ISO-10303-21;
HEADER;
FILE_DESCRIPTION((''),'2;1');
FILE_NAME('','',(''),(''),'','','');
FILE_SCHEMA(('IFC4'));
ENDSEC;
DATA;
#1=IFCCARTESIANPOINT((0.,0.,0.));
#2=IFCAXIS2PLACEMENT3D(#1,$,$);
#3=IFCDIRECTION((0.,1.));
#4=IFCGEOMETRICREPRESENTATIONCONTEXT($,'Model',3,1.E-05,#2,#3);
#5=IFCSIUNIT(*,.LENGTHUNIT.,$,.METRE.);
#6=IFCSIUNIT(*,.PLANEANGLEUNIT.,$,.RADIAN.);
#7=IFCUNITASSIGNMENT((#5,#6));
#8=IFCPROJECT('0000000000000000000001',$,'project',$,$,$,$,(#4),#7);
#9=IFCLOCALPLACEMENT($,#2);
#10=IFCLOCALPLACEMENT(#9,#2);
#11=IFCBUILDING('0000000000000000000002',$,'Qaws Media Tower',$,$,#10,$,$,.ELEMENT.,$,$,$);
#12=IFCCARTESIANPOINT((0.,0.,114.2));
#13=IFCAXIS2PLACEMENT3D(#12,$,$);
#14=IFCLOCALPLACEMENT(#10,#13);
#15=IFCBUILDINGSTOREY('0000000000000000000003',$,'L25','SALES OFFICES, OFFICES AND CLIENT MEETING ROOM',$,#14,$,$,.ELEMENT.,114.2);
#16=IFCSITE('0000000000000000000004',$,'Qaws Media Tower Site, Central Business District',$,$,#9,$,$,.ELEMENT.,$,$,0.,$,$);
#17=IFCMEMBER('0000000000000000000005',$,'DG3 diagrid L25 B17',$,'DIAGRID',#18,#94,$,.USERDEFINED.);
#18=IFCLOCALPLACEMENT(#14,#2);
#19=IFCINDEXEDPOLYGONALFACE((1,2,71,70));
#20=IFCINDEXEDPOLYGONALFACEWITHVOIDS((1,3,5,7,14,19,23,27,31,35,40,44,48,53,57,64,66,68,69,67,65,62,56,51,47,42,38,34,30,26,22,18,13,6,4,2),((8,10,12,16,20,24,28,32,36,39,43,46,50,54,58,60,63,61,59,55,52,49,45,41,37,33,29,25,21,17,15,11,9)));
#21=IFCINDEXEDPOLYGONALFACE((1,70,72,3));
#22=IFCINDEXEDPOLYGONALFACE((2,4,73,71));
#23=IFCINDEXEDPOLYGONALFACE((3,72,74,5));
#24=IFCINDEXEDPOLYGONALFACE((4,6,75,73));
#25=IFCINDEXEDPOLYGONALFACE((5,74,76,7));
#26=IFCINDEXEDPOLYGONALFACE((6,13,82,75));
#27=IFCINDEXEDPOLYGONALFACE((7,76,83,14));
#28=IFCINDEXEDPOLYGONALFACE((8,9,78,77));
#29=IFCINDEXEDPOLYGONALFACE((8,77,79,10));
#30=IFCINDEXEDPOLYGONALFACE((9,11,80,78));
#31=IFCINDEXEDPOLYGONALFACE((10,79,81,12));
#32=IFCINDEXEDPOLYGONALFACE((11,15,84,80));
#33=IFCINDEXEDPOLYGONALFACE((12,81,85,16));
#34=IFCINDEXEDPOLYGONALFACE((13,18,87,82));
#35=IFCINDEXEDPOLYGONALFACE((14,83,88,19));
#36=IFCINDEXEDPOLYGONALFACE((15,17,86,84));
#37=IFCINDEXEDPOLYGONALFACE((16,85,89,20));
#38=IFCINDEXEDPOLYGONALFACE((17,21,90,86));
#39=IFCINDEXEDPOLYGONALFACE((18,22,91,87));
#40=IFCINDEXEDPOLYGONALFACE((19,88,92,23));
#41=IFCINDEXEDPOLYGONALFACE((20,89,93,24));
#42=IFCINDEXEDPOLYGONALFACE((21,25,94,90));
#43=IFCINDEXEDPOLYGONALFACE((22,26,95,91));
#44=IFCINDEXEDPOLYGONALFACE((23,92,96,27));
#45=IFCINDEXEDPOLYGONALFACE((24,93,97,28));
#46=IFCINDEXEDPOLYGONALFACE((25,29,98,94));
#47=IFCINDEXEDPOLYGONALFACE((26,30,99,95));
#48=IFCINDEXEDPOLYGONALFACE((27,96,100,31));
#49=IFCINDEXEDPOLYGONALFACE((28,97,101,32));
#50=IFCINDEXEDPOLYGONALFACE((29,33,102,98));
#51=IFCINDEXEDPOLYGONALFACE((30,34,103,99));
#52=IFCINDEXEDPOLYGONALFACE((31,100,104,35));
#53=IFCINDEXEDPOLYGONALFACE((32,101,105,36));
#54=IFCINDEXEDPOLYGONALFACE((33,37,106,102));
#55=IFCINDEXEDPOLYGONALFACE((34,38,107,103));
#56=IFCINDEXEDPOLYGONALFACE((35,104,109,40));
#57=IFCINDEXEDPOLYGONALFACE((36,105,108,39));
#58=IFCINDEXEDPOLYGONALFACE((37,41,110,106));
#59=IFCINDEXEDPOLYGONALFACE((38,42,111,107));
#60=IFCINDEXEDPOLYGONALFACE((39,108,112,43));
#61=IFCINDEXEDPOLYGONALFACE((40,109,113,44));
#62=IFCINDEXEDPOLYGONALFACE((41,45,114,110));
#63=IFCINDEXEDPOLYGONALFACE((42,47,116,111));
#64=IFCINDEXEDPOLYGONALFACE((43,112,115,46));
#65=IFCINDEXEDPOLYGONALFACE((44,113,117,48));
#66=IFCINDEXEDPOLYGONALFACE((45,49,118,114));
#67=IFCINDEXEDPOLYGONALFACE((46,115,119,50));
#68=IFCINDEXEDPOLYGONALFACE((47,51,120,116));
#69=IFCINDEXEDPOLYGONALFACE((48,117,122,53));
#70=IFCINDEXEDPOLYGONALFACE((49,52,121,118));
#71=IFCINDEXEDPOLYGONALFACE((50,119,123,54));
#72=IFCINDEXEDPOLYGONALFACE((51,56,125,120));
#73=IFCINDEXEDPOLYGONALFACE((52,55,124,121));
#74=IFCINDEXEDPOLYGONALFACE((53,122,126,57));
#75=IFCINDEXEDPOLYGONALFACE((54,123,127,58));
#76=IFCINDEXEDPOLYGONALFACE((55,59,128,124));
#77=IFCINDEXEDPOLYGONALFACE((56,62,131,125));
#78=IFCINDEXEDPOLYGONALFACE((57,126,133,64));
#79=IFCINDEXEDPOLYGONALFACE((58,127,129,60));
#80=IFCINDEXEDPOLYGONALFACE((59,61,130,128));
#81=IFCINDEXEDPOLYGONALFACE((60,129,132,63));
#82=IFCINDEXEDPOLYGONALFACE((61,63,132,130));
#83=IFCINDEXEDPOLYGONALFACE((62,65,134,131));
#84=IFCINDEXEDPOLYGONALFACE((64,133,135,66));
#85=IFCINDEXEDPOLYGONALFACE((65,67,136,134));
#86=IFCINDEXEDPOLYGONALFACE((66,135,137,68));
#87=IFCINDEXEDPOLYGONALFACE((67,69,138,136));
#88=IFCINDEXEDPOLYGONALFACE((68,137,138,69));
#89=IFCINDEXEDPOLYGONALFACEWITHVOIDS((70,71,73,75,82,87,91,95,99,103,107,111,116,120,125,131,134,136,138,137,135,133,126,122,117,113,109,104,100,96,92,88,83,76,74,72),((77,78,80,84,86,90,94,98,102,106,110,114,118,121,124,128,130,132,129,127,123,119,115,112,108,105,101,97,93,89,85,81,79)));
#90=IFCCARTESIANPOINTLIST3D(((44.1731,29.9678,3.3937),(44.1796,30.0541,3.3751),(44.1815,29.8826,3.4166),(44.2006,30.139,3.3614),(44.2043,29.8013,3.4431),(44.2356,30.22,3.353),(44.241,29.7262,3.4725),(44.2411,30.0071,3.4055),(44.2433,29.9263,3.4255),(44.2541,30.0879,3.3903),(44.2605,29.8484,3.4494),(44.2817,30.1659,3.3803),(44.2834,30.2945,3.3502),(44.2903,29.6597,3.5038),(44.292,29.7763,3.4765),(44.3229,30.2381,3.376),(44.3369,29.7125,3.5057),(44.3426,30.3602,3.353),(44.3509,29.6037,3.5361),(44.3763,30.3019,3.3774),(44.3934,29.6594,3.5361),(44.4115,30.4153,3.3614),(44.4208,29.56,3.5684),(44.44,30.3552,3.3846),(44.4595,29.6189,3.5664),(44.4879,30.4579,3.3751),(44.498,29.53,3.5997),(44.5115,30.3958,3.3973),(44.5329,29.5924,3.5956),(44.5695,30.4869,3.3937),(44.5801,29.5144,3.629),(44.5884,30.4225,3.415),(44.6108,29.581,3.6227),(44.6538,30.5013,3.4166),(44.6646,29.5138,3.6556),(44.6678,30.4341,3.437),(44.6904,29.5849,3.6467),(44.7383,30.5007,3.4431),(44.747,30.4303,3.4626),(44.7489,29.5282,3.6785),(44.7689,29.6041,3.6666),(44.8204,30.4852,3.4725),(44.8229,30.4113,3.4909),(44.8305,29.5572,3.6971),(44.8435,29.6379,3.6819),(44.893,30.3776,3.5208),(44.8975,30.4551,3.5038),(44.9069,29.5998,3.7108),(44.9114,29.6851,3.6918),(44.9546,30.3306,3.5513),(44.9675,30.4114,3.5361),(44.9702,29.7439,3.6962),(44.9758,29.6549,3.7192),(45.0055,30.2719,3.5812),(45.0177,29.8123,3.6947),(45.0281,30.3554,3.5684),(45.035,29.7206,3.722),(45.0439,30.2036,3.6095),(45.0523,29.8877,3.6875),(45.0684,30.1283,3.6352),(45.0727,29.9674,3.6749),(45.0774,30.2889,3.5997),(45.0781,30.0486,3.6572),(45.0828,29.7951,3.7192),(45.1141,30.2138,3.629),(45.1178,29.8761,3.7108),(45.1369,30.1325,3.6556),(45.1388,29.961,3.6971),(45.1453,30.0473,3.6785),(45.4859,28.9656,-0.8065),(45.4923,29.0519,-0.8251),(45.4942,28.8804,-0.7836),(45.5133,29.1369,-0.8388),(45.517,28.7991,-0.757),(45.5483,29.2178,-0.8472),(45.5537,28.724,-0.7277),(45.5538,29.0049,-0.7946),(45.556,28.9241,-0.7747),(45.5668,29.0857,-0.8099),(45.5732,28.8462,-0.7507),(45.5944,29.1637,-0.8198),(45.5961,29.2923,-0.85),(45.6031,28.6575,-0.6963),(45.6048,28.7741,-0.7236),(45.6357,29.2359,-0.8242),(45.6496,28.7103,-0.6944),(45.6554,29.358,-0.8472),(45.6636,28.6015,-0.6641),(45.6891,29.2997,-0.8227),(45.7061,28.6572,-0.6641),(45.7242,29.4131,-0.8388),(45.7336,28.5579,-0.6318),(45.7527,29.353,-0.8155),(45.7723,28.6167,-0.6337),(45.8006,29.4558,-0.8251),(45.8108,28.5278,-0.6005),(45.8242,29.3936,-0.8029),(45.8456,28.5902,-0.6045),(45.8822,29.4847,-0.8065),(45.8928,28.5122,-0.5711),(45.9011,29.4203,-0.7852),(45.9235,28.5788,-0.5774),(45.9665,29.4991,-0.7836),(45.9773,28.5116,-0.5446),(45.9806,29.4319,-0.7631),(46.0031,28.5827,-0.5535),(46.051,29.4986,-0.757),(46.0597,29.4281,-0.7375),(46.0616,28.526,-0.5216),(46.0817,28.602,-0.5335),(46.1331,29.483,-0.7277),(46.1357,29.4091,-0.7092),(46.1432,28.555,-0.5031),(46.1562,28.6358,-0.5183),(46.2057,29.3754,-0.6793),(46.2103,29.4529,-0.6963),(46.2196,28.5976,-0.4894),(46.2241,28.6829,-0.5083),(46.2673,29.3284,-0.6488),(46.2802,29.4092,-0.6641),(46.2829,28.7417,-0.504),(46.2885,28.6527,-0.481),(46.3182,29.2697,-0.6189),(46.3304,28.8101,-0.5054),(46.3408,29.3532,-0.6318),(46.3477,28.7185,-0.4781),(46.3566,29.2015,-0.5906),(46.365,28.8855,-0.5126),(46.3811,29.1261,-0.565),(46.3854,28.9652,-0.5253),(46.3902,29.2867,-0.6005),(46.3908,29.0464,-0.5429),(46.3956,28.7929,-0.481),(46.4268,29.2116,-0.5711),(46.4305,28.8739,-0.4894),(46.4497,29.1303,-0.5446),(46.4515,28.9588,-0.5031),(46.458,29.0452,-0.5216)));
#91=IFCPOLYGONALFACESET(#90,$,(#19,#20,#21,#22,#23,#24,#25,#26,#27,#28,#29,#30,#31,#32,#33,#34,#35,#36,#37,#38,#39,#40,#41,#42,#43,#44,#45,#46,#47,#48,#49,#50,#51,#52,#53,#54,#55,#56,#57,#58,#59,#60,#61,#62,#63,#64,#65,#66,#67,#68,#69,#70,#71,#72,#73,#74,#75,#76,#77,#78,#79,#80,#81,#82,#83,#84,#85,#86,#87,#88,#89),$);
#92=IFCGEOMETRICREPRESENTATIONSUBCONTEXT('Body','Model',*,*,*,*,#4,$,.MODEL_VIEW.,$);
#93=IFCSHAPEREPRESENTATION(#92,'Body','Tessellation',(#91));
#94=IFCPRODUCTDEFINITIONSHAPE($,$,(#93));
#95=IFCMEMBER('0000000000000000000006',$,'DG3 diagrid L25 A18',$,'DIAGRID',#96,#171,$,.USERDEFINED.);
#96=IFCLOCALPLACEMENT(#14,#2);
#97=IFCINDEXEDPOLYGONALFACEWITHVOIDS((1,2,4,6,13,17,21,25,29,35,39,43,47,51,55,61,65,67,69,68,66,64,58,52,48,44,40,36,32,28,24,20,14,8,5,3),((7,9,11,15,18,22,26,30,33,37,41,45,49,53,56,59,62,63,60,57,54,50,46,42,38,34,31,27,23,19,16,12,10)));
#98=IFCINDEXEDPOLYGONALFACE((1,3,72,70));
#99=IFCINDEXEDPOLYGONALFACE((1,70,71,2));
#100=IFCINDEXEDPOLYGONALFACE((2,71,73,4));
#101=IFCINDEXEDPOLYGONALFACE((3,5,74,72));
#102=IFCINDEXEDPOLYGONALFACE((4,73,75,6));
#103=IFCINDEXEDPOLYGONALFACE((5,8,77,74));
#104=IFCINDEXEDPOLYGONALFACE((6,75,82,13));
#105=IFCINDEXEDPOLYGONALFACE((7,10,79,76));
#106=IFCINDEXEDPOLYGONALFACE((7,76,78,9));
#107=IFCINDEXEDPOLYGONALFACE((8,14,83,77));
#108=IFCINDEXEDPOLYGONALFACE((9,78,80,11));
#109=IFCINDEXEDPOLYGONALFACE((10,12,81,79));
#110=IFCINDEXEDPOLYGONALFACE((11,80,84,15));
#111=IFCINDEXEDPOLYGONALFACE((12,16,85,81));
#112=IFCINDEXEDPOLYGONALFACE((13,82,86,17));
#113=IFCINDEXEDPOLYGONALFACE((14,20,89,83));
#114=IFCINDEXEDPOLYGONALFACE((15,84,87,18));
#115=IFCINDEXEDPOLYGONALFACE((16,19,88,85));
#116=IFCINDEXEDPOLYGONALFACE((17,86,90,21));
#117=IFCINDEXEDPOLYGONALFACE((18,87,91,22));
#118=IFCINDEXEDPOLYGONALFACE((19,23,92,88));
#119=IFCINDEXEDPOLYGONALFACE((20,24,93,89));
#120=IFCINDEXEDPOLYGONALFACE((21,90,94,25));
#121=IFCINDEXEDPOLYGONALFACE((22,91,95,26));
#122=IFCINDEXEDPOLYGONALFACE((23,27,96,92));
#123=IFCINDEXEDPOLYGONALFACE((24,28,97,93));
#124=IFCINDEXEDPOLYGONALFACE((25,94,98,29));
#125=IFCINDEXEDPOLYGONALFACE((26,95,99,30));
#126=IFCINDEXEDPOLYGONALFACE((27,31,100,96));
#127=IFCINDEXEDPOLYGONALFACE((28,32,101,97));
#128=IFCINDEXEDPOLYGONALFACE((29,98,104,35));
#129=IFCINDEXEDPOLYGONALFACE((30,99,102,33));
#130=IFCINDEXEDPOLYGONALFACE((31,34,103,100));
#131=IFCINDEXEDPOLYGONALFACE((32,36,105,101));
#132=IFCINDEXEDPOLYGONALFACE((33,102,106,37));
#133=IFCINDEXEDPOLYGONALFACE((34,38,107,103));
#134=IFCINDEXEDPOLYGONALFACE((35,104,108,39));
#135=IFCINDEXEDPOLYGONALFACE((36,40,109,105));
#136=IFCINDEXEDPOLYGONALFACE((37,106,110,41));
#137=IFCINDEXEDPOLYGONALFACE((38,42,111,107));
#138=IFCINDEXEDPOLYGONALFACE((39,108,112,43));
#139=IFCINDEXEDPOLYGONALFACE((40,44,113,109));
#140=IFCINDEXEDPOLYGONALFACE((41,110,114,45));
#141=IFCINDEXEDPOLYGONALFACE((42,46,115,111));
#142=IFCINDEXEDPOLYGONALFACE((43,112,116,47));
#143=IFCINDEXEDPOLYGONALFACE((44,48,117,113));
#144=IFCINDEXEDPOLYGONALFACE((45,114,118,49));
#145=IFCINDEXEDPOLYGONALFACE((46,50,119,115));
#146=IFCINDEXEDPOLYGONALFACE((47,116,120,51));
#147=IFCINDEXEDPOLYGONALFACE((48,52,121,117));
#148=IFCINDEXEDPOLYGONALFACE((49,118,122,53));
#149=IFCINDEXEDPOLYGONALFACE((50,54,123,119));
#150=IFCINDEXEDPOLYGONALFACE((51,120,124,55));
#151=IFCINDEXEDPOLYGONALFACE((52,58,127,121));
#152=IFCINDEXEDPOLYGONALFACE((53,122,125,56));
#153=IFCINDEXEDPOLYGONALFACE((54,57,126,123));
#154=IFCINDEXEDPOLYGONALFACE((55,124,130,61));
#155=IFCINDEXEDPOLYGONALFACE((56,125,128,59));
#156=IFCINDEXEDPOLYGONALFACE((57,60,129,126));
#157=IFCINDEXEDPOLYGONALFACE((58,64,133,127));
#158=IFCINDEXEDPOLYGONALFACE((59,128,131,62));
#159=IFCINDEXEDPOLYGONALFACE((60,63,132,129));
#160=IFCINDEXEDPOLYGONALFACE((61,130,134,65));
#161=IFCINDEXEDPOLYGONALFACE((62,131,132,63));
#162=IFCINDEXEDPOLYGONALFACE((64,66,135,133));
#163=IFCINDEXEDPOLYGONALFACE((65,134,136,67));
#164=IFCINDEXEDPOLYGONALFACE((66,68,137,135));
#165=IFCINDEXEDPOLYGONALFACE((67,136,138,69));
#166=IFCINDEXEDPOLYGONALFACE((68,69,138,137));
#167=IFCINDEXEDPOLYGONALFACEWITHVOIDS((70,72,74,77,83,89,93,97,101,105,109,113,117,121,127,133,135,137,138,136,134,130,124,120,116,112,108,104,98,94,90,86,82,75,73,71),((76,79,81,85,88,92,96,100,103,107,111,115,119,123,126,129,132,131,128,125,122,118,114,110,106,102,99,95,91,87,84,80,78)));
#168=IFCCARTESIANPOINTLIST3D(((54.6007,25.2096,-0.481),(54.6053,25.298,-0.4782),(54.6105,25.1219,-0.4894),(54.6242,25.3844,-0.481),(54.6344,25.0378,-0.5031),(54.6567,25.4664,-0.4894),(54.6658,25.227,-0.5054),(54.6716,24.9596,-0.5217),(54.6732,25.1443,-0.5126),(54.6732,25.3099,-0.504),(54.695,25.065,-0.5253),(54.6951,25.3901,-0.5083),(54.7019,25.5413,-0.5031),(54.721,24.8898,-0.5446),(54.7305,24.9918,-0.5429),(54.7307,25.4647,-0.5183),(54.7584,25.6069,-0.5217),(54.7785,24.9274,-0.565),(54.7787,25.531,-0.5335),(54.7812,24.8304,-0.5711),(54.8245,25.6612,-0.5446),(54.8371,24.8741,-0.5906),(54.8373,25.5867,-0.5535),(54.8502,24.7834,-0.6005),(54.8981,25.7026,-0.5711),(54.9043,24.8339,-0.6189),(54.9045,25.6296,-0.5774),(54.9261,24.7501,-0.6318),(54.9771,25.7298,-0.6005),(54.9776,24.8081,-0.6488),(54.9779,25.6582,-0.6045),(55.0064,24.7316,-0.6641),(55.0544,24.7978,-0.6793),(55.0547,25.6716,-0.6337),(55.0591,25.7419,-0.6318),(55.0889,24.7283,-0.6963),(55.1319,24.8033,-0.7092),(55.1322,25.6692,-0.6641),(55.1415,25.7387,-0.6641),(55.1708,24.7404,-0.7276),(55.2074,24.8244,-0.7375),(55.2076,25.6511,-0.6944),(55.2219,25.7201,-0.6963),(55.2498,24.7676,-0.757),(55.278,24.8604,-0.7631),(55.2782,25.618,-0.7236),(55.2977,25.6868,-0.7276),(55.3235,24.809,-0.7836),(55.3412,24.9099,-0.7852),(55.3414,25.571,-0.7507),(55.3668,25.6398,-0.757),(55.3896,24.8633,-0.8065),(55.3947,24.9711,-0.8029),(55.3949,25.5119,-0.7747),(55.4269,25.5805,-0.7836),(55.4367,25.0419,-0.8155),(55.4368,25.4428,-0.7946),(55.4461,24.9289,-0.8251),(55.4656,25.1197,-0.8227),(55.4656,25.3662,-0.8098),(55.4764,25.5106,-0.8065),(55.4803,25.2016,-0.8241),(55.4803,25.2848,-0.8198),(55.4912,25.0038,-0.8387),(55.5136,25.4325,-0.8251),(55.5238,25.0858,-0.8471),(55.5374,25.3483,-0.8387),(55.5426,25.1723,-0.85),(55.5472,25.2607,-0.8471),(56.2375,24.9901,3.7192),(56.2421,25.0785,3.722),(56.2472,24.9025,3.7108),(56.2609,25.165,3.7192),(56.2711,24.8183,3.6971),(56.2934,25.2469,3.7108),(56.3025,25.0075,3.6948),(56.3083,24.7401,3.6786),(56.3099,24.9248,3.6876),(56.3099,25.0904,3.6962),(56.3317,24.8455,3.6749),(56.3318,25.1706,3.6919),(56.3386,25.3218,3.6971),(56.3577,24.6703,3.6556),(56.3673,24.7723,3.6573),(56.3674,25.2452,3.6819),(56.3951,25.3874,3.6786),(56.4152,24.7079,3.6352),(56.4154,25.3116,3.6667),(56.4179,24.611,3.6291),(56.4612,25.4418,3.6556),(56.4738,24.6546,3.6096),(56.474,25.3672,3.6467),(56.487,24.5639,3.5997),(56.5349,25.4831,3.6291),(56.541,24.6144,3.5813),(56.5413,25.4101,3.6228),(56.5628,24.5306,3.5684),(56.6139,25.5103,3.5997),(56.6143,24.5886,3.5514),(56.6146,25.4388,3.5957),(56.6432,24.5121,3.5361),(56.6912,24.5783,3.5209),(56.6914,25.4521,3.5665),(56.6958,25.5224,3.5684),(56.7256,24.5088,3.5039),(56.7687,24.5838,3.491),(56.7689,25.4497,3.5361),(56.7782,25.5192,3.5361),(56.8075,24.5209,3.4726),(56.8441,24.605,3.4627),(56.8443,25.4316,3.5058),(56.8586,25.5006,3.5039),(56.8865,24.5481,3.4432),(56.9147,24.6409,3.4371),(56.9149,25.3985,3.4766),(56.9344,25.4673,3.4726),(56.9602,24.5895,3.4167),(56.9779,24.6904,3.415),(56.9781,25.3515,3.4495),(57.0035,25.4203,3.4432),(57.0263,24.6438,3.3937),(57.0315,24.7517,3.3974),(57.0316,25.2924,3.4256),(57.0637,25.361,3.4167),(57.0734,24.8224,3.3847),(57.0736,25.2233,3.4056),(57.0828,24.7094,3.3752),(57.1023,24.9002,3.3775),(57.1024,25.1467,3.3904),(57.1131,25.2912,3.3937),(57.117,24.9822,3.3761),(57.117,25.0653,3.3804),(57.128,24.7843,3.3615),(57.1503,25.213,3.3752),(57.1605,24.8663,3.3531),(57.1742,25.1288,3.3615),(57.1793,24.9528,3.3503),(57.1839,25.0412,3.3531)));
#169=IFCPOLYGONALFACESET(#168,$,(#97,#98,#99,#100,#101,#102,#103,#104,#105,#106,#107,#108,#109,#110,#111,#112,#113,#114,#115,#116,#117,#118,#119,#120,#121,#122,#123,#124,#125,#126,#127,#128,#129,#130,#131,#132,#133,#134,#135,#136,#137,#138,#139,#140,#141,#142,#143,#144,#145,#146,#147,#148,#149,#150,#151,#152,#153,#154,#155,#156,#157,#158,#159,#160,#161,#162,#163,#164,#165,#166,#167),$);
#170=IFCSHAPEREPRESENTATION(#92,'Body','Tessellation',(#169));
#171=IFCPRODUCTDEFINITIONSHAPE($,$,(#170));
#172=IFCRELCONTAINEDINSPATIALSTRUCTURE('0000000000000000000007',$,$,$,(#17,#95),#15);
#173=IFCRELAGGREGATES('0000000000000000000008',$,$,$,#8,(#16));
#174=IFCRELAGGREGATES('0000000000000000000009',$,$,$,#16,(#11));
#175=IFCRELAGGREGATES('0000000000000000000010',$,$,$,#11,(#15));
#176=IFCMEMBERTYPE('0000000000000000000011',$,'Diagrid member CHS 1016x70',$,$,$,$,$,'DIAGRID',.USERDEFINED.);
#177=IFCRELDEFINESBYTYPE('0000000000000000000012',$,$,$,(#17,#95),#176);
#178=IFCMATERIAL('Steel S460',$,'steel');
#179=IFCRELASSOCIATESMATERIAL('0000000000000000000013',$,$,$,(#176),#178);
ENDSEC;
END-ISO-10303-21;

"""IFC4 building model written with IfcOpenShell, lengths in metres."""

from ifc_helpers import new_model, si_unit, direction, frame, origin, origin_2d, place, context, subcontext, project, spatial, hollow_circle, extrude, material, material_profile, profile_set, type_object, element, save


model = new_model("IFC4")

# Units and contexts
model_context = context("Model", 3, precision=1e-05, world=origin(), true_north=direction((0.0, 1.0)))
body_context = subcontext(model_context, "Body", "Model", "MODEL_VIEW")
ifc_project = project(units=[si_unit("LENGTHUNIT", "METRE"), si_unit("PLANEANGLEUNIT", "RADIAN")], contexts=[model_context])

# Site, building, storey
site_placement = place(None, origin())
site = spatial("IfcSite", under=ifc_project, at=site_placement, Name="Qaws Media Tower Site, Central Business District", CompositionType="ELEMENT", RefElevation=0.0)
building_placement = place(site_placement, origin())
building = spatial("IfcBuilding", under=site, at=building_placement, Name="Qaws Media Tower", CompositionType="ELEMENT")
storey_placement = place(building_placement, frame((0.0, 0.0, 114.2)))
storey = spatial("IfcBuildingStorey", under=building, at=storey_placement, Name="L25", Description="SALES OFFICES, OFFICES AND CLIENT MEETING ROOM", CompositionType="ELEMENT", Elevation=114.2)

# Members
ifc_material_1 = material(Name="Steel S460", Category="steel")
ifc_material_profile_1 = material_profile(ifc_material_1, hollow_circle(Radius=0.5081, WallThickness=0.0701, at=origin_2d()), Name="CHS 1016x70")
ifc_profile_set_1 = profile_set([ifc_material_profile_1], Name="Steel S460")
member_type_1 = type_object("IfcMemberType", Name="Diagrid member CHS 1016x70", ElementType="DIAGRID", PredefinedType="USERDEFINED", material=ifc_profile_set_1)
for number, where, z_axis, x_axis, name in (
    (1, (45.9719, 29.0054, -0.6641), (-0.290865, 0.222057, 0.930639), (-0.606813, -0.794844, 0.0), "DG3 diagrid L25 B17"),
    (2, (55.074, 25.2351, -0.6641), (0.362654, -0.048632, 0.930654), (0.132909, 0.991128, 0.0), "DG3 diagrid L25 A18"),
):
    element("IfcMember", number, at=place(storey_placement, frame(where, z_axis=z_axis, x_axis=x_axis)), inside=storey, type_object=member_type_1, Name=name, ObjectType="DIAGRID", PredefinedType="USERDEFINED", context=body_context, shape_type="SweptSolid", body=[
        extrude(hollow_circle(Radius=0.5081, WallThickness=0.0701, at=origin_2d()), origin(), (0.0, 0.0, 1.0), 4.5132),
    ])

save(model, "model.ifc")
